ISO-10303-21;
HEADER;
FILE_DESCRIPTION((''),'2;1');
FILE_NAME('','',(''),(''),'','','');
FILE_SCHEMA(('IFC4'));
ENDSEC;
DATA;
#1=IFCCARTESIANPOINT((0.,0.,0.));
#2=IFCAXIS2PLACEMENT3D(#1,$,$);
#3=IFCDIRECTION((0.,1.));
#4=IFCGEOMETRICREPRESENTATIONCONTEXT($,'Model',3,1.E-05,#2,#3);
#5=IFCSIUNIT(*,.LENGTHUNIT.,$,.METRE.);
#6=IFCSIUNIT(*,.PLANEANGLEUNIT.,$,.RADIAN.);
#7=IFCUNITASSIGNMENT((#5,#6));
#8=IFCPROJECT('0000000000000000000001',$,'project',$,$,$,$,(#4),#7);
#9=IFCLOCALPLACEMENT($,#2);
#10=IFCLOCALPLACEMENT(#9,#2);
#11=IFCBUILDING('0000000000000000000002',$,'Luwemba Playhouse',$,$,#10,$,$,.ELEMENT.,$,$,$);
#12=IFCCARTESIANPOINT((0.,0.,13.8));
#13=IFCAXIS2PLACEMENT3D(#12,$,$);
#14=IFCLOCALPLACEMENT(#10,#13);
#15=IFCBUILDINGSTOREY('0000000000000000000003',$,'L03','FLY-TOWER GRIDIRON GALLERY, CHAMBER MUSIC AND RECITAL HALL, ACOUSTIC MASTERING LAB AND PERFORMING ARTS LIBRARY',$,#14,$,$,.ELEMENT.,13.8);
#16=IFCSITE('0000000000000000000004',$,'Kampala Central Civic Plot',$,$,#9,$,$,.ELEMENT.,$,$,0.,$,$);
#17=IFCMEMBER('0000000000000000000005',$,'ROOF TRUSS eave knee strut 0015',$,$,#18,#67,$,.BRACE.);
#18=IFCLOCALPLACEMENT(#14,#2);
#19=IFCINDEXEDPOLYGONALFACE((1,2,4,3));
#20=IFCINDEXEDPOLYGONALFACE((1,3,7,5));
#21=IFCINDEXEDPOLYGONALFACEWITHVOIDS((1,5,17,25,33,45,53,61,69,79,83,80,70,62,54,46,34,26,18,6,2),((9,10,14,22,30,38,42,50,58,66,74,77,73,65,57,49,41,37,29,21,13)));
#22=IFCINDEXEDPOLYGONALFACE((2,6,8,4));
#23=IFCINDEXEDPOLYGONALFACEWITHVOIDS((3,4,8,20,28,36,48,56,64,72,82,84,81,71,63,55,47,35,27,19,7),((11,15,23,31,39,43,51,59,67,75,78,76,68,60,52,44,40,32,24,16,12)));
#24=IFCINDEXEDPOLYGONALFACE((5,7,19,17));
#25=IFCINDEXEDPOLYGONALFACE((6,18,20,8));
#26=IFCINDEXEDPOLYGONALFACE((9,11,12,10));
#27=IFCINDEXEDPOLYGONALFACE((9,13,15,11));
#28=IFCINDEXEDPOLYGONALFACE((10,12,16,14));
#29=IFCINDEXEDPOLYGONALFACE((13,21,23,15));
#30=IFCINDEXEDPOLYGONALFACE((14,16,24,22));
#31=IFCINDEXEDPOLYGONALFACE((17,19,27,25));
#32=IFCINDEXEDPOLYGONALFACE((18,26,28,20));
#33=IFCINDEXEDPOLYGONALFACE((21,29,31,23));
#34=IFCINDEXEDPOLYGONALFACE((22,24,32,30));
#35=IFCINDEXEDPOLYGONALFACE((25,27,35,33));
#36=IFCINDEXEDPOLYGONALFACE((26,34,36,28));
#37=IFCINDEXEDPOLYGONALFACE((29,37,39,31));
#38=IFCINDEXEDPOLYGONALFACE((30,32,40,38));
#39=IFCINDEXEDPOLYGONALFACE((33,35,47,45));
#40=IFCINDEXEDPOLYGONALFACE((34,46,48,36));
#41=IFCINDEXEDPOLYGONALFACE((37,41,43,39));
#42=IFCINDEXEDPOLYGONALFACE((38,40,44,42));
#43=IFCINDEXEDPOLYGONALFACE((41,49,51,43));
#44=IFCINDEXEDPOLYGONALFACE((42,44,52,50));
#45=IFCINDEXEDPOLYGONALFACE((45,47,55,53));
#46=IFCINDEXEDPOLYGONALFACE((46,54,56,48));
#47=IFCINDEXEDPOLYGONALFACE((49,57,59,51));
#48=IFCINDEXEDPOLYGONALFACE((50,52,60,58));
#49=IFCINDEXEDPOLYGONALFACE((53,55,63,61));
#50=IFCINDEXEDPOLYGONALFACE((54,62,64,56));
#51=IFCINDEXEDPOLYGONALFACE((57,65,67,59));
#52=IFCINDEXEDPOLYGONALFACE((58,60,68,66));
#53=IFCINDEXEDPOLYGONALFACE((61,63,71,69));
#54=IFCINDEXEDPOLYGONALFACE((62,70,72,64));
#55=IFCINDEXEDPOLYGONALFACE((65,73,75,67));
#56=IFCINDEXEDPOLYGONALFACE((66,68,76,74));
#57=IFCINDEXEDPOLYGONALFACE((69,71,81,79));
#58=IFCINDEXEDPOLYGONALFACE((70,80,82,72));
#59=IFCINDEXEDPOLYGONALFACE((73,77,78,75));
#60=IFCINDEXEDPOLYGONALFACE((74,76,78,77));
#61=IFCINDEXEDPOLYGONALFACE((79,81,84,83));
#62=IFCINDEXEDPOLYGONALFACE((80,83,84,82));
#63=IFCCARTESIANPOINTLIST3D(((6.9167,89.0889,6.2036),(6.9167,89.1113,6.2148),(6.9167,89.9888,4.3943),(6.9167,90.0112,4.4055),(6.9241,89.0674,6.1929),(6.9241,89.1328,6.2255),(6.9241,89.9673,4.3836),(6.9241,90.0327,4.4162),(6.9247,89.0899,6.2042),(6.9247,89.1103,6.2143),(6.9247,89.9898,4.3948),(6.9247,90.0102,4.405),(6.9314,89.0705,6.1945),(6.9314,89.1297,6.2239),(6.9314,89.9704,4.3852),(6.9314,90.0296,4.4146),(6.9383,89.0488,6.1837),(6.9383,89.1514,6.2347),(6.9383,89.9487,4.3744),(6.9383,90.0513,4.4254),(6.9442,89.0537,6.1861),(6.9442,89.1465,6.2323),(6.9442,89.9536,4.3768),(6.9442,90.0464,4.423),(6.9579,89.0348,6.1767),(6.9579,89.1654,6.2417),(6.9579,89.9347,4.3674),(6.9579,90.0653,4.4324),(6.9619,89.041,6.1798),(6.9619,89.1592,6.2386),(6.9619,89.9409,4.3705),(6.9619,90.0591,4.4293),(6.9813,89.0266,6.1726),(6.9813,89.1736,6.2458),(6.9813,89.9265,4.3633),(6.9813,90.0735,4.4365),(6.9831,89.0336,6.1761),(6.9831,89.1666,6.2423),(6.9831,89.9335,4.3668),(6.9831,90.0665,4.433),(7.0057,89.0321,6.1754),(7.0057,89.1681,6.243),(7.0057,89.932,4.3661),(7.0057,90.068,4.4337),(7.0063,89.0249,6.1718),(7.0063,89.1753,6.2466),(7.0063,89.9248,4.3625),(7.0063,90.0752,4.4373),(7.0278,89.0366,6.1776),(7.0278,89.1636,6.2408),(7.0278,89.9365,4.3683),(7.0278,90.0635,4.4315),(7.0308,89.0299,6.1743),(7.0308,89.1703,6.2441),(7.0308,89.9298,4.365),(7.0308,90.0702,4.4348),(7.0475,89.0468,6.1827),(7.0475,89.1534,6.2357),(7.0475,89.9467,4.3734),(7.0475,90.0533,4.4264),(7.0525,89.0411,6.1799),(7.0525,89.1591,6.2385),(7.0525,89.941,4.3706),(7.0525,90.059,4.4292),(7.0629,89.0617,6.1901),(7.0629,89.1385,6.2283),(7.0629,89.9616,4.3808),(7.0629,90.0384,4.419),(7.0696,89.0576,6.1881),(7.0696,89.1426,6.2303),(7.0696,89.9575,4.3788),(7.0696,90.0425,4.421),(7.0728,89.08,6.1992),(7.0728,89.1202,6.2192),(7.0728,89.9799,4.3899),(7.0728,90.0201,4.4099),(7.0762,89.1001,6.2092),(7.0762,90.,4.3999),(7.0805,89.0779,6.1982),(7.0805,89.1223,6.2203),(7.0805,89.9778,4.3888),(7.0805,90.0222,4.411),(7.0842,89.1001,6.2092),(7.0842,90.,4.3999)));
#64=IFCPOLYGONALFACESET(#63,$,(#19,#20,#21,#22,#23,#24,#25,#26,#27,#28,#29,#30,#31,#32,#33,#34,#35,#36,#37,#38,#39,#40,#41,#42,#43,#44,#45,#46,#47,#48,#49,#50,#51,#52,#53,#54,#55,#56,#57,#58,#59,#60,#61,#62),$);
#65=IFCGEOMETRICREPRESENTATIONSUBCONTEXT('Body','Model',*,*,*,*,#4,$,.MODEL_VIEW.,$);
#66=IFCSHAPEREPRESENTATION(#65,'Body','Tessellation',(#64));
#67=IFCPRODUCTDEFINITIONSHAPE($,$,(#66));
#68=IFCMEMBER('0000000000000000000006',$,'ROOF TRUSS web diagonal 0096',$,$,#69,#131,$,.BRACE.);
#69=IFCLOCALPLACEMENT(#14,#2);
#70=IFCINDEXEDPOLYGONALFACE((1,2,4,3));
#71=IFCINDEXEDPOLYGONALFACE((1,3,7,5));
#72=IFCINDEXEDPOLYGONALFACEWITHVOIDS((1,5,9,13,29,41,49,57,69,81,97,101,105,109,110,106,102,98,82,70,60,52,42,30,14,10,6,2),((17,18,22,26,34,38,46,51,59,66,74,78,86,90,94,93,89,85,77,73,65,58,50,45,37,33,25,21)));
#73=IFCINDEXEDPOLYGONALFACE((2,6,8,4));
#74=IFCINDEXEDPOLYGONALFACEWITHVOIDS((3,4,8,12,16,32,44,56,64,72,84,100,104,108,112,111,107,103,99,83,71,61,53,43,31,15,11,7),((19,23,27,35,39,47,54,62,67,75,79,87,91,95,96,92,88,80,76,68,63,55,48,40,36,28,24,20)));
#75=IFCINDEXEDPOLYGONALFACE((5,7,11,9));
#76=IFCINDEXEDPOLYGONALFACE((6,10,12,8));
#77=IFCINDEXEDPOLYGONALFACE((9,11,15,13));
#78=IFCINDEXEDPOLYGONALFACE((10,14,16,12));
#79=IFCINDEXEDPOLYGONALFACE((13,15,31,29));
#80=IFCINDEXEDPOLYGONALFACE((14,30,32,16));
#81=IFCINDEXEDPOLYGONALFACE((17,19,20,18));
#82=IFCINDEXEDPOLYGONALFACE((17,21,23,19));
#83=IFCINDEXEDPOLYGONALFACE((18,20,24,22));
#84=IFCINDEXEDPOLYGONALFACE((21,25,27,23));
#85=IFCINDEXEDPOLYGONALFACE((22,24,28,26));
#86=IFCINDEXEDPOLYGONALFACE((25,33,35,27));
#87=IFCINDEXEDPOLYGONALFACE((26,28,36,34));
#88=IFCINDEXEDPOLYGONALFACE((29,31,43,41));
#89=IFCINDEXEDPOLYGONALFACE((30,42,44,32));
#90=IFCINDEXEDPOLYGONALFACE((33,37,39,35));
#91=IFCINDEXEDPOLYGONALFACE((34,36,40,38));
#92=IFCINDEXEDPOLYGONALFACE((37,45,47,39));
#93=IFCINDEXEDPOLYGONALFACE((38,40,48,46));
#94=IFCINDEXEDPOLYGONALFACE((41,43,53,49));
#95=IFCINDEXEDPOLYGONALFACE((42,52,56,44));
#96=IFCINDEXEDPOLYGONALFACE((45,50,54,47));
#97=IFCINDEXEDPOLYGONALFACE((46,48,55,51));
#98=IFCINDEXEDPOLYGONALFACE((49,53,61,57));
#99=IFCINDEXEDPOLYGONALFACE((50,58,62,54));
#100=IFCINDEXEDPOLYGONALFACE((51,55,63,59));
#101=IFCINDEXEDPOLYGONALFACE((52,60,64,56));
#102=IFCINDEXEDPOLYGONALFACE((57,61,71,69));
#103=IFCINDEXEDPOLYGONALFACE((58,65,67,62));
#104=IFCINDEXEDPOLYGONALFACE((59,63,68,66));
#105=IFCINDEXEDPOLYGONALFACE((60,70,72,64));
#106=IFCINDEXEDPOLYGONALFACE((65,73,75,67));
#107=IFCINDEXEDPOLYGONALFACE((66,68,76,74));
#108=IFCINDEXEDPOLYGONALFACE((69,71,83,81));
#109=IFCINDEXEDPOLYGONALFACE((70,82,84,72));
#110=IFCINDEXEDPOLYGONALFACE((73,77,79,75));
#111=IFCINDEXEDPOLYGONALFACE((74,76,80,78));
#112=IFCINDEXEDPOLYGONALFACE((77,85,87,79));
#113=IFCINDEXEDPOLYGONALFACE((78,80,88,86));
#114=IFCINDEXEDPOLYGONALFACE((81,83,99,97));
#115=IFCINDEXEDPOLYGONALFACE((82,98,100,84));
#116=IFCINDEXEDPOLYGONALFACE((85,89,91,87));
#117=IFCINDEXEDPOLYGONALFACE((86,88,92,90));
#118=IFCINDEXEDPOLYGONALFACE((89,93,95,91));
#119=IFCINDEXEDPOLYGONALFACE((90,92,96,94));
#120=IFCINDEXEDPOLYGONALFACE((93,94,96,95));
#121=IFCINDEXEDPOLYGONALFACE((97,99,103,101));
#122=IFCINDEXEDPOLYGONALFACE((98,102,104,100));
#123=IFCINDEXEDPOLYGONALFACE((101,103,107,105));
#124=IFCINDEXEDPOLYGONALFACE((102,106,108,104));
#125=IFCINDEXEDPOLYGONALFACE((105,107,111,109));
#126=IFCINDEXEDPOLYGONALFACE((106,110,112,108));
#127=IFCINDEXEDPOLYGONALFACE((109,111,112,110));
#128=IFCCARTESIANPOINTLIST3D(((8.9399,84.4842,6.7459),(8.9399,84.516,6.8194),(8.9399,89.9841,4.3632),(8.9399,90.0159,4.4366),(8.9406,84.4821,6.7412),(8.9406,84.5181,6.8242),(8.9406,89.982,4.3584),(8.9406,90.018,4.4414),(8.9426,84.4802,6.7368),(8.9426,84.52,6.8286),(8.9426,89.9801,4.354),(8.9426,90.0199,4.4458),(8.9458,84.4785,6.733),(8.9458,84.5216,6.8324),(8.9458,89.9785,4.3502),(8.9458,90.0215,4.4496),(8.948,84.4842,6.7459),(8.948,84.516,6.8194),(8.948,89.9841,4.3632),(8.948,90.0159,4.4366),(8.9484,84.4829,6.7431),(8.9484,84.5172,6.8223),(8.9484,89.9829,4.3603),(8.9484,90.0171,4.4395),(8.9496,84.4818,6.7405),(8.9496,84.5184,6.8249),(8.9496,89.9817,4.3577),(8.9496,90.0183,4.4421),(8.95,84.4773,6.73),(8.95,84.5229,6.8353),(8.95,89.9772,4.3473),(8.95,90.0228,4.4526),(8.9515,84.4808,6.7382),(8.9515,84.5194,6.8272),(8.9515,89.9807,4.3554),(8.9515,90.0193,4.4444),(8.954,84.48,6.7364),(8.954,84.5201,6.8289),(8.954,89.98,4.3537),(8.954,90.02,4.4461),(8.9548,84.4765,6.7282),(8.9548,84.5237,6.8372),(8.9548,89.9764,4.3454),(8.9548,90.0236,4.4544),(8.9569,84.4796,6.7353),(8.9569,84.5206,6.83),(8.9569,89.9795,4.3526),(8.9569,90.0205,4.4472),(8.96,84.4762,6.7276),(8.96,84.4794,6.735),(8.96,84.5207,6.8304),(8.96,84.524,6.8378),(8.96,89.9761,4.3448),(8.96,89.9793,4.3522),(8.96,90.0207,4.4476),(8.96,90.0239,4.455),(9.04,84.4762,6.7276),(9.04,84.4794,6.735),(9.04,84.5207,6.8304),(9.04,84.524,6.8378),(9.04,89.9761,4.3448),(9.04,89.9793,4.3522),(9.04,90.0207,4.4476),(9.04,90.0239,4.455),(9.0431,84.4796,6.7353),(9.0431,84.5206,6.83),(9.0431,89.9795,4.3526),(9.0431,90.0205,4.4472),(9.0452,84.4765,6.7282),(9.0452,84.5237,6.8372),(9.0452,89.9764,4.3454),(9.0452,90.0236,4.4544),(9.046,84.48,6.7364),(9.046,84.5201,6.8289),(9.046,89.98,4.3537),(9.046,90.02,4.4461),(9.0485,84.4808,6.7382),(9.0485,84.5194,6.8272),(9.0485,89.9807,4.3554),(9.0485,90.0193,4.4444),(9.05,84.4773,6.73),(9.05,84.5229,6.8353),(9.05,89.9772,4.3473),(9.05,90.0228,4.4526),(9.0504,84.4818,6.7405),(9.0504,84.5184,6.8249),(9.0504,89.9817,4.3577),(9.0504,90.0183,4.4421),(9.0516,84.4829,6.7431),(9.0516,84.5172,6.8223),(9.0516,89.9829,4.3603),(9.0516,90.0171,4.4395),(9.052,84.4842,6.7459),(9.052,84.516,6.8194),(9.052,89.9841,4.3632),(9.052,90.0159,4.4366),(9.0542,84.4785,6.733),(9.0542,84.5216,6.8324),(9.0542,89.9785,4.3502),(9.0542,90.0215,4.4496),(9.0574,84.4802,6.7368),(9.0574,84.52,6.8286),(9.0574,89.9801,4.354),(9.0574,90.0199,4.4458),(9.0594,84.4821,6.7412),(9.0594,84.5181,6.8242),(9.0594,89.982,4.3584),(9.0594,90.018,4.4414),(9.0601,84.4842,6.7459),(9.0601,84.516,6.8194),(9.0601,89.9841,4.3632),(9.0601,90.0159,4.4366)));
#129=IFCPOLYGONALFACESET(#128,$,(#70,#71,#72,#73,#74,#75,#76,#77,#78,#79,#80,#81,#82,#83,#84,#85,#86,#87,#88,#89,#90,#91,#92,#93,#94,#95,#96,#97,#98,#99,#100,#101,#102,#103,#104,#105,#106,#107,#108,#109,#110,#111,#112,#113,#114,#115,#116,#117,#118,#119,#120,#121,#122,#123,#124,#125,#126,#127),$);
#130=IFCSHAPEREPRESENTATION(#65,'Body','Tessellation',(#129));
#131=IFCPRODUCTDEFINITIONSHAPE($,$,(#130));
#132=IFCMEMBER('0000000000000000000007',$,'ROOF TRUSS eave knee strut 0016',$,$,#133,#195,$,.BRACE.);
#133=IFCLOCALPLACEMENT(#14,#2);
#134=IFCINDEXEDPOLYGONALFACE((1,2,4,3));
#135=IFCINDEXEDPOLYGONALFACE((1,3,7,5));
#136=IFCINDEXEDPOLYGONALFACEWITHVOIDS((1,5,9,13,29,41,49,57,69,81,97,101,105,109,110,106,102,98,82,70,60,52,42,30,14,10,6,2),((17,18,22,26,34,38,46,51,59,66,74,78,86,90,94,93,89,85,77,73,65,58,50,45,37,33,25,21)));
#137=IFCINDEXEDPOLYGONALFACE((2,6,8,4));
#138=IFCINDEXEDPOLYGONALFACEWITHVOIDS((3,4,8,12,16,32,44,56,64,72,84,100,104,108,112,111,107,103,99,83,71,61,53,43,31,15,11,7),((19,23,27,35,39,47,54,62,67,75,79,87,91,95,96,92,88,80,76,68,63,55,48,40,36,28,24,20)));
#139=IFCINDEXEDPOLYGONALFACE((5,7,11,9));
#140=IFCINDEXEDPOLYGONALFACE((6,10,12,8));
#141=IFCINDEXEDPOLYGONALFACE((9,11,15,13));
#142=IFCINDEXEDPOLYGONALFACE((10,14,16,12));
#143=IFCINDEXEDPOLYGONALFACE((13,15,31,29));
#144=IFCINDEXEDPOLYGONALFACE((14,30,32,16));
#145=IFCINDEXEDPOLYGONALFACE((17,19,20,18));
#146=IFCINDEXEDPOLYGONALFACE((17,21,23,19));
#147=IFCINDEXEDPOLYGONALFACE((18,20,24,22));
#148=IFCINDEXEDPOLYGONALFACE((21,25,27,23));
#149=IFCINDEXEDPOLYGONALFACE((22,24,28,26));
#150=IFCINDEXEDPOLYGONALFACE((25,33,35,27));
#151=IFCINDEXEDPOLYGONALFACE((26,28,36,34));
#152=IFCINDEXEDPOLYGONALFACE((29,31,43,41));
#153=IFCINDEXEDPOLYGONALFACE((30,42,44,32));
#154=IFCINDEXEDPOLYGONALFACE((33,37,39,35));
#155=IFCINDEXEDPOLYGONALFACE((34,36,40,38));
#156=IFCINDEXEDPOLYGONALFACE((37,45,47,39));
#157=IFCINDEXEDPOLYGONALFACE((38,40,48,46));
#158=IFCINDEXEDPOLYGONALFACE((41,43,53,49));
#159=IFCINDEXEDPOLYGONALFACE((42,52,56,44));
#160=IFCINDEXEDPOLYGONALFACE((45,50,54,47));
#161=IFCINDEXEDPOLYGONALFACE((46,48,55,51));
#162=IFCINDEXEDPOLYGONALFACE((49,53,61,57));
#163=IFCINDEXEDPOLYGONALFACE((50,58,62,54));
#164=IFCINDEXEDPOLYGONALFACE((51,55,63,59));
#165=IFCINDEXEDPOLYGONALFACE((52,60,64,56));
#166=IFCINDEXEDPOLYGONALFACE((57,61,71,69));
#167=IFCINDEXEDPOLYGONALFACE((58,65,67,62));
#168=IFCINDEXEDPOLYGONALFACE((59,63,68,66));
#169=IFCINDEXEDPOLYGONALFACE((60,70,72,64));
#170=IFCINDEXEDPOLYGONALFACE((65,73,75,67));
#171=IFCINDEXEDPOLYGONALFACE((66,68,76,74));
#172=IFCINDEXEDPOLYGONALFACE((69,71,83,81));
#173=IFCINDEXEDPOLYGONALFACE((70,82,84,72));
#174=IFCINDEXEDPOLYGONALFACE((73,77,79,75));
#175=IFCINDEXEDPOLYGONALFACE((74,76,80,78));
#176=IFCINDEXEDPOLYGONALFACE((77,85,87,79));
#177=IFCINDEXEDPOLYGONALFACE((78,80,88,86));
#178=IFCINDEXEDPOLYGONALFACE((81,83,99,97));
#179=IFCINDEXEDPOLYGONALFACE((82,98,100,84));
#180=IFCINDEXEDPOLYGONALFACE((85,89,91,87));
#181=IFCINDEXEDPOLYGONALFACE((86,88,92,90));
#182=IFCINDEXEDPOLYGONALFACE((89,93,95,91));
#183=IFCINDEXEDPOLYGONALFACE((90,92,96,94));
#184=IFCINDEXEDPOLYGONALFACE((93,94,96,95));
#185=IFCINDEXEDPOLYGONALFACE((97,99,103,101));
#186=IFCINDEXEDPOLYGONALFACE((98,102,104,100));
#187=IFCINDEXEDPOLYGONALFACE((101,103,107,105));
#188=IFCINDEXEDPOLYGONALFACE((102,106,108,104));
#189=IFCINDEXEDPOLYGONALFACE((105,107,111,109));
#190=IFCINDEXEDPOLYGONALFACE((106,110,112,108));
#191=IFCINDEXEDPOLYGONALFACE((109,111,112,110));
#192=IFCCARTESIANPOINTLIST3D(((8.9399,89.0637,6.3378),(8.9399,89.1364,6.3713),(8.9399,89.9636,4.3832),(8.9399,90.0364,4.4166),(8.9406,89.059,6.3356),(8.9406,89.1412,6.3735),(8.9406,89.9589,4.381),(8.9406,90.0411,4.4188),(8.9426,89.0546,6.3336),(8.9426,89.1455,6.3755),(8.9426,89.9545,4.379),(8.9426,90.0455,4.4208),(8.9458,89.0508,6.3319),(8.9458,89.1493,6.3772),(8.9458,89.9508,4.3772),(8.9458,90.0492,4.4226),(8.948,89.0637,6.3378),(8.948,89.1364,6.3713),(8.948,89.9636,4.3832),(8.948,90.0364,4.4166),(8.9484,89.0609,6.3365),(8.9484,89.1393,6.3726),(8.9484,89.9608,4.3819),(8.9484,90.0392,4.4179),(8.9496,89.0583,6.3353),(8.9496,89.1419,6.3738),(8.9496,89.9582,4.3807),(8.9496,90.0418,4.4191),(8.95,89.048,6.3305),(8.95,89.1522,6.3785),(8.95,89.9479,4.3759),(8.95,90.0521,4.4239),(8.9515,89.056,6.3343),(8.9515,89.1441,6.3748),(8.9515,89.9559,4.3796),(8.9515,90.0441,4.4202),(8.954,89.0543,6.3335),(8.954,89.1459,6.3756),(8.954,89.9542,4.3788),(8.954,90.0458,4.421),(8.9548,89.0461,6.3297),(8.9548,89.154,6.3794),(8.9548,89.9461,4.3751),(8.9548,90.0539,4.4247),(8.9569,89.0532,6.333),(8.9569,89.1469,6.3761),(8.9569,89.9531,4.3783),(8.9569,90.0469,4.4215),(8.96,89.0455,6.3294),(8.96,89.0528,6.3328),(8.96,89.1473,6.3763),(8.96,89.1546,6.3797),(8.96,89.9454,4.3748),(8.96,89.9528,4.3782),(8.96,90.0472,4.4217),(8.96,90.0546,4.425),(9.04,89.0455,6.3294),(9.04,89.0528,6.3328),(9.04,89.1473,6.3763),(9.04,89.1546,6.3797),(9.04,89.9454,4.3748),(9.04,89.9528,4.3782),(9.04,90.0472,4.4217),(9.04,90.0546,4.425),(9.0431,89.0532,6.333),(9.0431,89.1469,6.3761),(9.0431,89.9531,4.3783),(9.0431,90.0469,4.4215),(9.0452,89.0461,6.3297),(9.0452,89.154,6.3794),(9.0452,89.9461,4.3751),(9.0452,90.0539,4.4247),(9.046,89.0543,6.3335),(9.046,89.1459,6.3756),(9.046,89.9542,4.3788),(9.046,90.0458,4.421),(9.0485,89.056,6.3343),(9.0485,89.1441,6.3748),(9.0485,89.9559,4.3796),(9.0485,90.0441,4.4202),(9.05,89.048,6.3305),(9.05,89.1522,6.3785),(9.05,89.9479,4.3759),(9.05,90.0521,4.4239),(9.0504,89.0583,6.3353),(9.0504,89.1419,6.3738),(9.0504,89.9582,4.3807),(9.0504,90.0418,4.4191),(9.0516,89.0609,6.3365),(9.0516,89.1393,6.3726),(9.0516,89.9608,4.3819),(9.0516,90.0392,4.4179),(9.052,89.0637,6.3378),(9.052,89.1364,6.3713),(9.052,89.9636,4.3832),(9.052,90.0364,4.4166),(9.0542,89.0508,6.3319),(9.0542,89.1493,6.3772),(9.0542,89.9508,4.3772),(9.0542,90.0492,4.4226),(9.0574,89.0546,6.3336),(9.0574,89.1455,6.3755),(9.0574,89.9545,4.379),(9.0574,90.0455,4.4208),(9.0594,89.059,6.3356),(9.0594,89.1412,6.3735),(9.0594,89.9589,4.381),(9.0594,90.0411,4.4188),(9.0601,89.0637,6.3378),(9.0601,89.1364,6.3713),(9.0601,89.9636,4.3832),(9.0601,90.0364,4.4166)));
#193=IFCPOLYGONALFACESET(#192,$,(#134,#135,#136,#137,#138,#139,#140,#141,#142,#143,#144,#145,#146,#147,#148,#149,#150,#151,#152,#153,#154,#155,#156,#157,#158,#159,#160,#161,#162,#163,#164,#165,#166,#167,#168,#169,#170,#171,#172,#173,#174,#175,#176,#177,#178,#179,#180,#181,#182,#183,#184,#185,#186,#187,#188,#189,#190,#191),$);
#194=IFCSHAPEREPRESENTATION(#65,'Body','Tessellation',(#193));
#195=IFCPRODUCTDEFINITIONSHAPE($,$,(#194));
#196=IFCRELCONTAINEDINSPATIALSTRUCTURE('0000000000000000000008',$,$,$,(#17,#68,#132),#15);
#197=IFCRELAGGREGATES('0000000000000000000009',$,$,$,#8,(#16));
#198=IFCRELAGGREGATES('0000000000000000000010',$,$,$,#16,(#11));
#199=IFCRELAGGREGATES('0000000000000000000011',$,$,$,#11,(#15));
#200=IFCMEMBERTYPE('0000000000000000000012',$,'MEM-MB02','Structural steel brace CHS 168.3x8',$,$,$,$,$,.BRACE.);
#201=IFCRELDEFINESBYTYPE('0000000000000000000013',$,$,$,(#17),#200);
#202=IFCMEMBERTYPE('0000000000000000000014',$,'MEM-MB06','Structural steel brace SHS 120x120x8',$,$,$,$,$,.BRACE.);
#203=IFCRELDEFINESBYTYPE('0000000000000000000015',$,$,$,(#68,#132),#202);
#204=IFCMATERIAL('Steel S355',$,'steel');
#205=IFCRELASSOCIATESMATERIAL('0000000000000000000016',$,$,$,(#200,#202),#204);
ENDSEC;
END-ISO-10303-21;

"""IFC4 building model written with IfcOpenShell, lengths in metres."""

from ifc_helpers import new_model, si_unit, direction, frame, origin, origin_2d, place, context, subcontext, project, spatial, hollow_rectangle, hollow_circle, extrude, material, material_profile, profile_set, type_object, element, save


model = new_model("IFC4")

# Units and contexts
model_context = context("Model", 3, precision=1e-05, world=origin(), true_north=direction((0.0, 1.0)))
body_context = subcontext(model_context, "Body", "Model", "MODEL_VIEW")
ifc_project = project(units=[si_unit("LENGTHUNIT", "METRE"), si_unit("PLANEANGLEUNIT", "RADIAN")], contexts=[model_context])

# Site, building, storey
site_placement = place(None, origin())
site = spatial("IfcSite", under=ifc_project, at=site_placement, Name="Kampala Central Civic Plot", CompositionType="ELEMENT", RefElevation=0.0)
building_placement = place(site_placement, origin())
building = spatial("IfcBuilding", under=site, at=building_placement, Name="Luwemba Playhouse", CompositionType="ELEMENT")
storey_placement = place(building_placement, frame((0.0, 0.0, 13.8)))
storey = spatial("IfcBuildingStorey", under=building, at=storey_placement, Name="L03", Description="FLY-TOWER GRIDIRON GALLERY, CHAMBER MUSIC AND RECITAL HALL, ACOUSTIC MASTERING LAB AND PERFORMING ARTS LIBRARY", CompositionType="ELEMENT", Elevation=13.8)

# Shared definitions
ifc_material_1 = material(Name="Steel S355", Category="steel")

# Members
ifc_material_profile_1 = material_profile(ifc_material_1, hollow_circle(Radius=0.0842, WallThickness=0.0081, at=origin_2d()))
ifc_profile_set_1 = profile_set([ifc_material_profile_1], Name="Steel S355")
member_type_1 = type_object("IfcMemberType", Name="MEM-MB02", Description="Structural steel brace CHS 168.3x8", PredefinedType="BRACE", material=ifc_profile_set_1)
member_1_placement = place(storey_placement, frame((7.0, 90.0, 4.3999), z_axis=(0.0, -0.445328, 0.895368), x_axis=(1.0, 0.0, 0.0)))
element("IfcMember", 1, at=member_1_placement, inside=storey, type_object=member_type_1, Name="ROOF TRUSS eave knee strut 0015", PredefinedType="BRACE", context=body_context, shape_type="SweptSolid", body=[
    extrude(hollow_circle(Radius=0.0842, WallThickness=0.0081, at=origin_2d()), origin(), (0.0, 0.0, 1.0), 2.0208),
])
ifc_material_profile_2 = material_profile(ifc_material_1, hollow_rectangle(XDim=0.1201, YDim=0.1201, WallThickness=0.0081, InnerFilletRadius=0.012, OuterFilletRadius=0.02, at=origin_2d()))
ifc_profile_set_2 = profile_set([ifc_material_profile_2], Name="Steel S355")
member_type_2 = type_object("IfcMemberType", Name="MEM-MB06", Description="Structural steel brace SHS 120x120x8", PredefinedType="BRACE", material=ifc_profile_set_2)
member_2_placement = place(storey_placement, frame((9.0, 90.0, 4.3999), z_axis=(0.0, -0.917587, 0.397534), x_axis=(1.0, 0.0, 0.0)))
element("IfcMember", 2, at=member_2_placement, inside=storey, type_object=member_type_2, Name="ROOF TRUSS web diagonal 0096", PredefinedType="BRACE", context=body_context, shape_type="SweptSolid", body=[
    extrude(hollow_rectangle(XDim=0.1201, YDim=0.1201, WallThickness=0.0081, InnerFilletRadius=0.012, OuterFilletRadius=0.02, at=origin_2d()), origin(), (0.0, 0.0, 1.0), 5.9939),
])
member_3_placement = place(storey_placement, frame((9.0, 90.0, 4.3999), z_axis=(0.0, -0.418209, 0.908351), x_axis=(1.0, 0.0, 0.0)))
element("IfcMember", 3, at=member_3_placement, inside=storey, type_object=member_type_2, Name="ROOF TRUSS eave knee strut 0016", PredefinedType="BRACE", context=body_context, shape_type="SweptSolid", body=[
    extrude(hollow_rectangle(XDim=0.1201, YDim=0.1201, WallThickness=0.0081, InnerFilletRadius=0.012, OuterFilletRadius=0.02, at=origin_2d()), origin(), (0.0, 0.0, 1.0), 2.1519),
])

save(model, "model.ifc")
